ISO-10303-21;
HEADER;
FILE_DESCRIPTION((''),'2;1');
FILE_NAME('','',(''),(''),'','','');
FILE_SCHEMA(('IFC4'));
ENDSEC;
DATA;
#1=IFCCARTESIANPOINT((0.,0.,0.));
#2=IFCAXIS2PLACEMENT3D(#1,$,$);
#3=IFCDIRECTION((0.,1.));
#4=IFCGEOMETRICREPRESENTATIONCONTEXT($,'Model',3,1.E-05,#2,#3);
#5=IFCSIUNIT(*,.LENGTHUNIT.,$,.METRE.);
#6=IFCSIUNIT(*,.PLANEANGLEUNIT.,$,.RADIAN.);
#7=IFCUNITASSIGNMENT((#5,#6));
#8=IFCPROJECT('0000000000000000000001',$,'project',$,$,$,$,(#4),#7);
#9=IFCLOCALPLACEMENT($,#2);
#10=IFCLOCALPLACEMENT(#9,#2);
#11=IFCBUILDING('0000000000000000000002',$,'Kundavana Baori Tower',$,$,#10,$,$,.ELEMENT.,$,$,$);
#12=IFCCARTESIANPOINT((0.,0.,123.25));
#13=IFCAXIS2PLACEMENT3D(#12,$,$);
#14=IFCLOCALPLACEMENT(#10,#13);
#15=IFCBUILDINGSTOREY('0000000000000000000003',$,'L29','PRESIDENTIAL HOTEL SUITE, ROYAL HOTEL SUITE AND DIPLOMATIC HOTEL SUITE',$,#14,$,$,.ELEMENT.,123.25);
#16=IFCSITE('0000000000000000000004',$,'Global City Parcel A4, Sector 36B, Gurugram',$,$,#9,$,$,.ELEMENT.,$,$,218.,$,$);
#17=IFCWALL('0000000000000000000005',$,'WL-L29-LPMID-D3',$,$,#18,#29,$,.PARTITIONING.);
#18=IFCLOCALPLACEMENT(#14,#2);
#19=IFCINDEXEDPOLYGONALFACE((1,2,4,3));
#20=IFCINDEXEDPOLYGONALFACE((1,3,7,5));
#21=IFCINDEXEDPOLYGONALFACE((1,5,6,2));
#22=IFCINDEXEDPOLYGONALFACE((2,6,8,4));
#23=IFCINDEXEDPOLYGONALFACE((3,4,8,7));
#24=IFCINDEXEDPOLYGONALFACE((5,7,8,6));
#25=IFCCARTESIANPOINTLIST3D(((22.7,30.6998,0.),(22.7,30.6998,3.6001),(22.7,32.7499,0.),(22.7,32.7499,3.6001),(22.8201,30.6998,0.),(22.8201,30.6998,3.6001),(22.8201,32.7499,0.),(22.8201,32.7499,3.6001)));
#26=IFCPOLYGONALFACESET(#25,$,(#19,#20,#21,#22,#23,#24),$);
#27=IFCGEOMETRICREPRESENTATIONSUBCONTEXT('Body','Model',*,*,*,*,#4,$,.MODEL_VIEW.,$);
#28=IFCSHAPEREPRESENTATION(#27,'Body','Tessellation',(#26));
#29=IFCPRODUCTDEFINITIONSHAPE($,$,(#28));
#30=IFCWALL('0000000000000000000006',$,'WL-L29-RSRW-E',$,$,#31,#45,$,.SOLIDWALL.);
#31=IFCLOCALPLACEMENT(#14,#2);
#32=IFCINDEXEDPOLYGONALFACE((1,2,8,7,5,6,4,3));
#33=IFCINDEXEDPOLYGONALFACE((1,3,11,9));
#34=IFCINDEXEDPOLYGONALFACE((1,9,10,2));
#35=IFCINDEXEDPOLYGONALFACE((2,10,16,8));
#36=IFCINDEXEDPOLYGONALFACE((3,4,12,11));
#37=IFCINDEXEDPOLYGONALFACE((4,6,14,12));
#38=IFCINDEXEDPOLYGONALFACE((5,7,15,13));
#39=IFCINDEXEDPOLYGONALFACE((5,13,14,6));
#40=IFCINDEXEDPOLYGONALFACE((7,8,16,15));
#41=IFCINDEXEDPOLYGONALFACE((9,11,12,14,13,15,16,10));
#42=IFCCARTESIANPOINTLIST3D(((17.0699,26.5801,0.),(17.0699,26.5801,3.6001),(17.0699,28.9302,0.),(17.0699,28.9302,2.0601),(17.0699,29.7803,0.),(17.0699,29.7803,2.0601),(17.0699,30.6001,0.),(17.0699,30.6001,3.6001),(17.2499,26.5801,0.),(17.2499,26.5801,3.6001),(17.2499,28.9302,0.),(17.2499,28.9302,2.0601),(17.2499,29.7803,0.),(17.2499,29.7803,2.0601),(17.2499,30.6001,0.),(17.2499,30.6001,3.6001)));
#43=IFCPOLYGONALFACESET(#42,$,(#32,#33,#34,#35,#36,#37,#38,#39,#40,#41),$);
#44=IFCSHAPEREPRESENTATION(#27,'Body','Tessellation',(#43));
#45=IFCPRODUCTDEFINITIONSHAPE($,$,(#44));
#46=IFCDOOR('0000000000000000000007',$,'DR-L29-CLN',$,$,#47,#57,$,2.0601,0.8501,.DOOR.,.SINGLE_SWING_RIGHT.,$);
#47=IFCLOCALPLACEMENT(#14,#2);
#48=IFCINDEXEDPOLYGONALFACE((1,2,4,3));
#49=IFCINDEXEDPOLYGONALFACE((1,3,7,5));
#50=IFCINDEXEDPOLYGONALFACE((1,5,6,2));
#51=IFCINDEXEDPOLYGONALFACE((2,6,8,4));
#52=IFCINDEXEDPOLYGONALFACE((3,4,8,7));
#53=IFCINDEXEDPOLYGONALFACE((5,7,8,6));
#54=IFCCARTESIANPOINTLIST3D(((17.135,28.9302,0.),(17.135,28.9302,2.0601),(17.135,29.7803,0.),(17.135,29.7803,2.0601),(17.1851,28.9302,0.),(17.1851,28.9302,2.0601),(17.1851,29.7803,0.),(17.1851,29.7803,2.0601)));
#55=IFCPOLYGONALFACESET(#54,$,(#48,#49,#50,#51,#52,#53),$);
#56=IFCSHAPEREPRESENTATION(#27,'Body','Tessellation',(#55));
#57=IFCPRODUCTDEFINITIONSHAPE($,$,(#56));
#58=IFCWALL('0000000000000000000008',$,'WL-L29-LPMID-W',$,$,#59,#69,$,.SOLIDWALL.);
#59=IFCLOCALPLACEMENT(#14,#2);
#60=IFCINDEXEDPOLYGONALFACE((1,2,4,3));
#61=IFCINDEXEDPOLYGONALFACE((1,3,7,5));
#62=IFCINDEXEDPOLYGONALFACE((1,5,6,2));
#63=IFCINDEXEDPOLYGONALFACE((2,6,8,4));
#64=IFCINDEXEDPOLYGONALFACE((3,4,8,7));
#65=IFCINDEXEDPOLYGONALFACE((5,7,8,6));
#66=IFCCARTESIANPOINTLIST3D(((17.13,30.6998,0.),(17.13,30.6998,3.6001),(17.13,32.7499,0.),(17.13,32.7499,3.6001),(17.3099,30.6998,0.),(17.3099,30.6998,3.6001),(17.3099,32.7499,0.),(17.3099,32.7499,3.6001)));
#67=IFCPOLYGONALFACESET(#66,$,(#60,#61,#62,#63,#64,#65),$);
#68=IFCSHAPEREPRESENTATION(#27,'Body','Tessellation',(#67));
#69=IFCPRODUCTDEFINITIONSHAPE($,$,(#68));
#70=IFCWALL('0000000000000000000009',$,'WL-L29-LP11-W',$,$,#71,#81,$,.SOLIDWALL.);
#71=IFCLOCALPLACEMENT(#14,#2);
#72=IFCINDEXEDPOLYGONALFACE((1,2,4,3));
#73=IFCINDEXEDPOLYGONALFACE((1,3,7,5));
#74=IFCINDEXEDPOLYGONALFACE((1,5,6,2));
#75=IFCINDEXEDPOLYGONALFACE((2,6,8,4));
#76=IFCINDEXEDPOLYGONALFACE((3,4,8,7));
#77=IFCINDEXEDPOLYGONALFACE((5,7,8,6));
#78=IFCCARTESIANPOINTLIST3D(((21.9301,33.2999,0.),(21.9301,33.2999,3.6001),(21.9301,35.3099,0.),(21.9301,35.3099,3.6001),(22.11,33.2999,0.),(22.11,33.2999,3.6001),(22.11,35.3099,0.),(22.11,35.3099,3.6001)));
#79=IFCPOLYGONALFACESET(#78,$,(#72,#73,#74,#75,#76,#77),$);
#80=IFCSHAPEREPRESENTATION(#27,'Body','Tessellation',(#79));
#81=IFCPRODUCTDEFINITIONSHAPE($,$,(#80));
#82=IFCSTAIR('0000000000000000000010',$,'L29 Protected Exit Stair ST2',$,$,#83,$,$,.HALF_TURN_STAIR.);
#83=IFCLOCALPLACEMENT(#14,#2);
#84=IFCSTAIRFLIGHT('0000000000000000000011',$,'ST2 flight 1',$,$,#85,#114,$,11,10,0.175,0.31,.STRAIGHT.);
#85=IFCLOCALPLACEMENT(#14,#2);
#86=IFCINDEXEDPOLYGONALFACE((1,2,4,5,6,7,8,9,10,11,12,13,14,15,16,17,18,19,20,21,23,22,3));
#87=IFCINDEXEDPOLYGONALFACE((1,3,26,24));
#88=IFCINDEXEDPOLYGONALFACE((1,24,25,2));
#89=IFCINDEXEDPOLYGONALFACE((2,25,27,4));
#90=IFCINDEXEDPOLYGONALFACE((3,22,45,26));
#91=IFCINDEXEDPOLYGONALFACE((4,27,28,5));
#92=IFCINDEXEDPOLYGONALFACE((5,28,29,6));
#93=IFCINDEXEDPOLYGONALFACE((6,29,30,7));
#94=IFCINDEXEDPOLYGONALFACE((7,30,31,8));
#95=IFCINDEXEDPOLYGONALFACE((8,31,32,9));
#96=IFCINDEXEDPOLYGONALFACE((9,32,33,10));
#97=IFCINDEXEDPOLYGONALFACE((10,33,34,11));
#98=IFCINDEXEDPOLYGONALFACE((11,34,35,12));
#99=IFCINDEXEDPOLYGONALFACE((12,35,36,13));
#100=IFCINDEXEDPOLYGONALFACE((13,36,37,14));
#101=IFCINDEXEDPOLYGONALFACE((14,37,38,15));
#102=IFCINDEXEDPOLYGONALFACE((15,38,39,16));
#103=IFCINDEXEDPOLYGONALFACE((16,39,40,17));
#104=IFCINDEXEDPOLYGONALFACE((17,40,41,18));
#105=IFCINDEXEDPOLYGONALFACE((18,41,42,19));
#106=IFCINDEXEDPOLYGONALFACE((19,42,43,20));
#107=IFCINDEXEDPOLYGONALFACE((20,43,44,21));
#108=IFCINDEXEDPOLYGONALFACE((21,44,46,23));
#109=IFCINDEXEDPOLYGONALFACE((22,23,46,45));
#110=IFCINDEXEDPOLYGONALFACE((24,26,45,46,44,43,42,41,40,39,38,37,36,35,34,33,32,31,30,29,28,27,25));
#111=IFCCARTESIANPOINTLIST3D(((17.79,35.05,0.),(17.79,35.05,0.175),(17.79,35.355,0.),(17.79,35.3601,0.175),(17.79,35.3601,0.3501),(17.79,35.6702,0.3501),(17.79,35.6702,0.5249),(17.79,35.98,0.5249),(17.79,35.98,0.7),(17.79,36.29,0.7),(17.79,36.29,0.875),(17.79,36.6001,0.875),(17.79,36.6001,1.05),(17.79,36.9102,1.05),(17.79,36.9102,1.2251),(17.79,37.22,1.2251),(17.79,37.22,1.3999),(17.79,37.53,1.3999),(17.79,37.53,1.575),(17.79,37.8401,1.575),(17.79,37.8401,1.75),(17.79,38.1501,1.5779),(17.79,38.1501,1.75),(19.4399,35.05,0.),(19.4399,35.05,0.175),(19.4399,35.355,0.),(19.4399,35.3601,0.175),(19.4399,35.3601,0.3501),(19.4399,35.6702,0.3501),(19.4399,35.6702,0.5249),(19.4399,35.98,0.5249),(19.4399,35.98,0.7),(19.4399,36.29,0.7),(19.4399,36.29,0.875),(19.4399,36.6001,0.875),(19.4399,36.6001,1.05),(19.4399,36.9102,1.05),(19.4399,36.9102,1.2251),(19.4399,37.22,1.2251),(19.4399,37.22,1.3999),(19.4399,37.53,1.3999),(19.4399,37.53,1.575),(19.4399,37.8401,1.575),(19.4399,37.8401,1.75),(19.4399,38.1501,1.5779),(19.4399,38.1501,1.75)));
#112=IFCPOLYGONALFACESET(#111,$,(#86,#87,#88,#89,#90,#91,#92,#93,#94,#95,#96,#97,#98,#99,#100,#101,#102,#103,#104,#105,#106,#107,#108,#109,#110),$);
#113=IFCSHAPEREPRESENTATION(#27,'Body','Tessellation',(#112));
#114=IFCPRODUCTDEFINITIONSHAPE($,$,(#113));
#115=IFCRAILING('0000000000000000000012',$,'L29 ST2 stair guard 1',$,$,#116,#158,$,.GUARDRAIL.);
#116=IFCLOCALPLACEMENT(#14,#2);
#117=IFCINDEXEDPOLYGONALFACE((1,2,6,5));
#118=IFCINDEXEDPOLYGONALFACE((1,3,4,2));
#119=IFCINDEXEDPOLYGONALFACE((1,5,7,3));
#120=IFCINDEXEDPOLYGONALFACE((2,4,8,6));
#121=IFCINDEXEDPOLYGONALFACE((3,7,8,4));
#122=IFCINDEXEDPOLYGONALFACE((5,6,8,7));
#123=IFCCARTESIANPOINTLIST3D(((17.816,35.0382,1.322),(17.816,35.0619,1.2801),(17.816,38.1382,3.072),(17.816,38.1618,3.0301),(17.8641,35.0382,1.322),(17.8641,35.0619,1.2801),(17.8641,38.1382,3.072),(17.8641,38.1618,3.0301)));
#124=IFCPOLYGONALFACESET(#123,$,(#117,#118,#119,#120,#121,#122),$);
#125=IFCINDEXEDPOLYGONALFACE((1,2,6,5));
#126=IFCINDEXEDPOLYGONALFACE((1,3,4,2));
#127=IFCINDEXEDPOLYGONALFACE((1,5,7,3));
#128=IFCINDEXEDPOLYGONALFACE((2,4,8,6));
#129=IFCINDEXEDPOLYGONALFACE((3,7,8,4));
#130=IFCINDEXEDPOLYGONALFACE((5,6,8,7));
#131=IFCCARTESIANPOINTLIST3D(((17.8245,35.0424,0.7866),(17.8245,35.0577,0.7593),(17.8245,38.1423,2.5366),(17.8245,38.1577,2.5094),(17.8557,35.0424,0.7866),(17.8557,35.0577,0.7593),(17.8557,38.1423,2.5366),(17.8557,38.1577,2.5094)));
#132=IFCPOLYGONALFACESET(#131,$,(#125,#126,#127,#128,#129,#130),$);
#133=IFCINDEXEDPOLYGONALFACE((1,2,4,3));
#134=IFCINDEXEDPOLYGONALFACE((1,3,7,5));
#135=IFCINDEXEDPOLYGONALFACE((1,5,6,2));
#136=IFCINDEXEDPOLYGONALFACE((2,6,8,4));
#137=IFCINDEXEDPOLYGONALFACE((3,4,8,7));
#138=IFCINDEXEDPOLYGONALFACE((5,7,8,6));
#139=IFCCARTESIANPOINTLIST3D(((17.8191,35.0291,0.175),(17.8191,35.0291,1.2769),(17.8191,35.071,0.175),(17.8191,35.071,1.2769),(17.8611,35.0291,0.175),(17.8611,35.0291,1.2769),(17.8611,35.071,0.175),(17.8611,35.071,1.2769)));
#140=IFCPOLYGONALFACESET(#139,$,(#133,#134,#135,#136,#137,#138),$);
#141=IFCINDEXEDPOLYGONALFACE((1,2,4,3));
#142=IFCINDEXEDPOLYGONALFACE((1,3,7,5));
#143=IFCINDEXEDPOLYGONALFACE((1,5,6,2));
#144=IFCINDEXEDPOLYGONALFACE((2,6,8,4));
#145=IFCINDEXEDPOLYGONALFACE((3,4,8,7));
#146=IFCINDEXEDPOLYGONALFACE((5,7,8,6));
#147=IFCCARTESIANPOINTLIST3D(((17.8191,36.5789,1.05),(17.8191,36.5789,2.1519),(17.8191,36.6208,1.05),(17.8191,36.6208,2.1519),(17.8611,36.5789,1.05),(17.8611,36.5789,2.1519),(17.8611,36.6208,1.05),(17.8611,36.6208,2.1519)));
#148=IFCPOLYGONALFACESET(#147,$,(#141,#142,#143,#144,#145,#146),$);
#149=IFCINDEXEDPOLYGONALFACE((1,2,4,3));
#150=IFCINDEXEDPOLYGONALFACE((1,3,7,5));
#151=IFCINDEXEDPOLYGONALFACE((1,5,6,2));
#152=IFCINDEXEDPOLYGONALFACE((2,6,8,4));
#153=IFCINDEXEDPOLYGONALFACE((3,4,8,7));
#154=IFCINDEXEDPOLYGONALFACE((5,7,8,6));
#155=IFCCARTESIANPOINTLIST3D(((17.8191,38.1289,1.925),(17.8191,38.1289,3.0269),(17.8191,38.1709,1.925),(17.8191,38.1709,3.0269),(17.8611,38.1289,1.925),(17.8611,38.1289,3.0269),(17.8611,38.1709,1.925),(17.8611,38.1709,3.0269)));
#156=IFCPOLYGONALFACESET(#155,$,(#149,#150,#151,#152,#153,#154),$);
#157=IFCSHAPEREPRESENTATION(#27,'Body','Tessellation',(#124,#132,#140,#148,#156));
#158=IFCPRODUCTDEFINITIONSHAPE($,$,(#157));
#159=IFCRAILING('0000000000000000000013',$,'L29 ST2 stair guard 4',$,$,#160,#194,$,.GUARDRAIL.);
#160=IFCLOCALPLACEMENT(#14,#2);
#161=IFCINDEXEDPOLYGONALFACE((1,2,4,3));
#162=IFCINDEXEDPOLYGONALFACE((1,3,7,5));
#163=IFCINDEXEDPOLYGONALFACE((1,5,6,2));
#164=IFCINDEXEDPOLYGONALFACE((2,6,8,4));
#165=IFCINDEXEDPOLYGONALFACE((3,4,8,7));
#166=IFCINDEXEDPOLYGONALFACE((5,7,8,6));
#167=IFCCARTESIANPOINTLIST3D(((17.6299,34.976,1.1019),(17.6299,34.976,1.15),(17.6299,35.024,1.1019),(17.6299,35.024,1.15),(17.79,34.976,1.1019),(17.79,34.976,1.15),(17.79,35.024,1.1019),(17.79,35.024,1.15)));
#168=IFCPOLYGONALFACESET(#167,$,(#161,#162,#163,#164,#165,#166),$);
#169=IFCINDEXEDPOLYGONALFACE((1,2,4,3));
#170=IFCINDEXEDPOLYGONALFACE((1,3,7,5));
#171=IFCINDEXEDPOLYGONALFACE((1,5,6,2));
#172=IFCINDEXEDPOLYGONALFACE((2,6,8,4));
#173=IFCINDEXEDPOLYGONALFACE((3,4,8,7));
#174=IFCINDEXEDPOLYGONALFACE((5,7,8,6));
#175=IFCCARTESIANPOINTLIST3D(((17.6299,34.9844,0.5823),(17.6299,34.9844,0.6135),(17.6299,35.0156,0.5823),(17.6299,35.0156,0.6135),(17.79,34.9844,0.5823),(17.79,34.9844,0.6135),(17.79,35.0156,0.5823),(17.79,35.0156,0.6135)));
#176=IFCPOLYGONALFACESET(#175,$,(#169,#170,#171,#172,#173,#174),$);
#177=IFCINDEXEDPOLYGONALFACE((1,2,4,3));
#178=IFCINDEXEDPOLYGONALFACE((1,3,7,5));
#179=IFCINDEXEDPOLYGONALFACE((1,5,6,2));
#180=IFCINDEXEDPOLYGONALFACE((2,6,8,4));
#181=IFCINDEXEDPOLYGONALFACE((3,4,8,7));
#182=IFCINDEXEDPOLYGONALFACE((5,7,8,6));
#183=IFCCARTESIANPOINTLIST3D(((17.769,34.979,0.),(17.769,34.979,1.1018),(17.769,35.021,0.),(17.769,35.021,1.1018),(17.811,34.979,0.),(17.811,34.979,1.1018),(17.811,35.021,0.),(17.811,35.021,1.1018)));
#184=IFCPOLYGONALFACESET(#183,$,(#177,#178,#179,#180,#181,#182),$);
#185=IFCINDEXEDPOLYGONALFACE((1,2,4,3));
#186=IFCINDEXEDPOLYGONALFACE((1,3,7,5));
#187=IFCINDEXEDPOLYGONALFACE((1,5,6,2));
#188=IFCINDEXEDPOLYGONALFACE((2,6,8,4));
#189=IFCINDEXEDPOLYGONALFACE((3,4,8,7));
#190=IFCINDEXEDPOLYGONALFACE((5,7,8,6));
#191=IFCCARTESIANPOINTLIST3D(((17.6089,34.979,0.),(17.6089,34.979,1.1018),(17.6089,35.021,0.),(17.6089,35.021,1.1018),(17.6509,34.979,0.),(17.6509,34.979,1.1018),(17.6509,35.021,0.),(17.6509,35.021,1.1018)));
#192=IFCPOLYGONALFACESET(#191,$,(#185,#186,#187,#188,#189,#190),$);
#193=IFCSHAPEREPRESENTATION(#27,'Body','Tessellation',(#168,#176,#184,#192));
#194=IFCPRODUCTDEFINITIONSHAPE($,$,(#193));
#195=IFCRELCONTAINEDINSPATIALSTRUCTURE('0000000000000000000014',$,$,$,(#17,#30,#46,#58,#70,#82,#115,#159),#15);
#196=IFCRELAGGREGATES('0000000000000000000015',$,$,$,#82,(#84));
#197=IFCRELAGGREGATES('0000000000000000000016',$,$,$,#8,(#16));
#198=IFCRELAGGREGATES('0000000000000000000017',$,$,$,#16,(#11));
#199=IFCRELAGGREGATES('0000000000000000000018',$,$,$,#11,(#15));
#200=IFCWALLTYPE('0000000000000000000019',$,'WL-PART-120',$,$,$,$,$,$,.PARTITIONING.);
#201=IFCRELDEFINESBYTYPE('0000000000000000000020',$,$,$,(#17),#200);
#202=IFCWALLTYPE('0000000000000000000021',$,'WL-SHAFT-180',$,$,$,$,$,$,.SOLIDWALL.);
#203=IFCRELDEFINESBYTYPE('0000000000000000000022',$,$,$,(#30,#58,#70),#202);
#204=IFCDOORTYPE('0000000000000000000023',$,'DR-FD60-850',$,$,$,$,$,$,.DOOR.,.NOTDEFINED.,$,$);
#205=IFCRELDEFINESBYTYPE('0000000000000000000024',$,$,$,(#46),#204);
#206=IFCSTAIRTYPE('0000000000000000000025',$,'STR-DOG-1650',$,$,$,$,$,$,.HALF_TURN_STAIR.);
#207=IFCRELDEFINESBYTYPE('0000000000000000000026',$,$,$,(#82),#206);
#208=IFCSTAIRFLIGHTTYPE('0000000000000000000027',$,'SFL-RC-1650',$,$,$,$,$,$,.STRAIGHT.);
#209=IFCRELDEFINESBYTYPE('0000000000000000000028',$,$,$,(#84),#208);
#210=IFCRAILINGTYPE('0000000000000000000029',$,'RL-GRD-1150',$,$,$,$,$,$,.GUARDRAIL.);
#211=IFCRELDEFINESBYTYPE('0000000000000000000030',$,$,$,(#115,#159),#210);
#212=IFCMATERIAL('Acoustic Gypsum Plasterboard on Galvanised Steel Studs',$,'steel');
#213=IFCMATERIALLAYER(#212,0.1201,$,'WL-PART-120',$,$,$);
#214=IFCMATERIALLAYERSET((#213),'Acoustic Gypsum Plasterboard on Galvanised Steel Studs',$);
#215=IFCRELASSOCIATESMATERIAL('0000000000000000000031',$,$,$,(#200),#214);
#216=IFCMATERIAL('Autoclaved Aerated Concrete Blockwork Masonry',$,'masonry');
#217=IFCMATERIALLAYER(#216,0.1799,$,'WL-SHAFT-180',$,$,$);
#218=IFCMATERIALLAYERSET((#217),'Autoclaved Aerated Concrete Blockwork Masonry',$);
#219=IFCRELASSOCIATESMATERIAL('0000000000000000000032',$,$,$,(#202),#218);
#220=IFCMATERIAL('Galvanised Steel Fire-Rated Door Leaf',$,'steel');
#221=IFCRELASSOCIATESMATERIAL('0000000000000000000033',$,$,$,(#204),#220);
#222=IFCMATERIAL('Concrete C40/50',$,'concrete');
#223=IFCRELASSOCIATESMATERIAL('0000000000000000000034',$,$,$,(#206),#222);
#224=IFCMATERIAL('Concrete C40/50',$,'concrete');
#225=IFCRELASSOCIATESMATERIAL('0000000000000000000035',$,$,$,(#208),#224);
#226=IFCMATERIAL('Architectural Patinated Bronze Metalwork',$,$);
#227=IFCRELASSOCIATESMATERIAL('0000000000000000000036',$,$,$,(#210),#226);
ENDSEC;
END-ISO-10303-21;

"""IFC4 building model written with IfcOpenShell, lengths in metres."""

from ifc_helpers import new_model, si_unit, direction, frame, frame_2d, origin, origin_2d, place, context, subcontext, project, spatial, polyline, rectangle, outline, extrude, material, layer, layer_set, type_object, element, fill, aggregate, save


model = new_model("IFC4")

# Units and contexts
model_context = context("Model", 3, precision=1e-05, world=origin(), true_north=direction((0.0, 1.0)))
body_context = subcontext(model_context, "Body", "Model", "MODEL_VIEW")
ifc_project = project(units=[si_unit("LENGTHUNIT", "METRE"), si_unit("PLANEANGLEUNIT", "RADIAN")], contexts=[model_context])

# Site, building, storey
site_placement = place(None, origin())
site = spatial("IfcSite", under=ifc_project, at=site_placement, Name="Global City Parcel A4, Sector 36B, Gurugram", CompositionType="ELEMENT", RefElevation=218.0)
building_placement = place(site_placement, origin())
building = spatial("IfcBuilding", under=site, at=building_placement, Name="Kundavana Baori Tower", CompositionType="ELEMENT")
storey_placement = place(building_placement, frame((0.0, 0.0, 123.25)))
storey = spatial("IfcBuildingStorey", under=building, at=storey_placement, Name="L29", Description="PRESIDENTIAL HOTEL SUITE, ROYAL HOTEL SUITE AND DIPLOMATIC HOTEL SUITE", CompositionType="ELEMENT", Elevation=123.25)

# Wall
ifc_material_1 = material(Name="Acoustic Gypsum Plasterboard on Galvanised Steel Studs", Category="steel")
ifc_layer_1 = layer(ifc_material_1, 0.1201, Name="WL-PART-120")
ifc_layer_set_1 = layer_set([ifc_layer_1], Name="Acoustic Gypsum Plasterboard on Galvanised Steel Studs")
wall_type_1 = type_object("IfcWallType", Name="WL-PART-120", PredefinedType="PARTITIONING", material=ifc_layer_set_1)
for number, where, z_axis, x_axis, name in (
    (1, (22.76, 30.7, 0.0), (0.0, 0.0, 1.0), (0.0, 1.0, 0.0), "WL-L29-LPMID-D3"),
):
    element("IfcWall", number, at=place(storey_placement, frame(where, z_axis=z_axis, x_axis=x_axis)), inside=storey, type_object=wall_type_1, Name=name, PredefinedType="PARTITIONING", context=body_context, shape_type="SweptSolid", body=[
        extrude(rectangle(XDim=2.05, YDim=0.1201, at=frame_2d((1.0249, 0.0))), origin(), (0.0, 0.0, 1.0), 3.6001),
    ])

# Wall, opening, door
ifc_material_2 = material(Name="Autoclaved Aerated Concrete Blockwork Masonry", Category="masonry")
ifc_layer_2 = layer(ifc_material_2, 0.1799, Name="WL-SHAFT-180")
ifc_layer_set_2 = layer_set([ifc_layer_2], Name="Autoclaved Aerated Concrete Blockwork Masonry")
wall_type_2 = type_object("IfcWallType", Name="WL-SHAFT-180", PredefinedType="SOLIDWALL", material=ifc_layer_set_2)
wall_1_placement = place(storey_placement, frame((17.1599, 26.5801, 0.0), z_axis=(0.0, 0.0, 1.0), x_axis=(0.0, 1.0, 0.0)))
wall_1 = element("IfcWall", 2, at=wall_1_placement, inside=storey, type_object=wall_type_2, Name="WL-L29-RSRW-E", PredefinedType="SOLIDWALL", context=body_context, shape_type="SweptSolid", body=[
    extrude(rectangle(XDim=4.02, YDim=0.1799, at=frame_2d((2.01, 0.0))), origin(), (0.0, 0.0, 1.0), 3.6001),
])
opening_1_placement = place(wall_1_placement, frame((2.3501, 0.0, 0.0)))
opening_1 = element("IfcOpeningElement", 3, at=opening_1_placement, cuts=wall_1, PredefinedType="OPENING", context=body_context, shape_type="SweptSolid", body=[
    extrude(rectangle(XDim=0.8501, YDim=2.0601, at=frame_2d((0.425, 1.03))), frame((0.0, 0.1001, 0.0), z_axis=(0.0, -1.0, 0.0), x_axis=(1.0, 0.0, 0.0)), (0.0, 0.0, 1.0), 0.2),
])
ifc_material_3 = material(Name="Galvanised Steel Fire-Rated Door Leaf", Category="steel")
door_type_1 = type_object("IfcDoorType", Name="DR-FD60-850", OperationType="NOTDEFINED", PredefinedType="DOOR", material=ifc_material_3)
door_1_placement = place(opening_1_placement, origin())
door_1 = element("IfcDoor", 4, at=door_1_placement, inside=storey, type_object=door_type_1, Name="DR-L29-CLN", OperationType="SINGLE_SWING_RIGHT", OverallHeight=2.0601, OverallWidth=0.8501, PredefinedType="DOOR", context=body_context, shape_type="SweptSolid", body=[
    extrude(rectangle(XDim=0.8501, YDim=2.0601, at=frame_2d((0.425, 1.03))), frame((0.0, 0.0249, 0.0), z_axis=(0.0, -1.0, 0.0), x_axis=(1.0, 0.0, 0.0)), (0.0, 0.0, 1.0), 0.05),
])
fill(opening_1, door_1)

# Walls
wall_2_placement = place(storey_placement, frame((17.22, 30.7, 0.0), z_axis=(0.0, 0.0, 1.0), x_axis=(0.0, 1.0, 0.0)))
element("IfcWall", 5, at=wall_2_placement, inside=storey, type_object=wall_type_2, Name="WL-L29-LPMID-W", PredefinedType="SOLIDWALL", context=body_context, shape_type="SweptSolid", body=[
    extrude(rectangle(XDim=2.05, YDim=0.1799, at=frame_2d((1.0249, 0.0))), origin(), (0.0, 0.0, 1.0), 3.6001),
])
wall_3_placement = place(storey_placement, frame((22.02, 33.3, 0.0), z_axis=(0.0, 0.0, 1.0), x_axis=(0.0, 1.0, 0.0)))
element("IfcWall", 6, at=wall_3_placement, inside=storey, type_object=wall_type_2, Name="WL-L29-LP11-W", PredefinedType="SOLIDWALL", context=body_context, shape_type="SweptSolid", body=[
    extrude(rectangle(XDim=2.01, YDim=0.1799, at=frame_2d((1.0049, 0.0))), origin(), (0.0, 0.0, 1.0), 3.6001),
])

# Stair, stair flight
ifc_material_4 = material(Name="Concrete C40/50", Category="concrete")
stair_type = type_object("IfcStairType", Name="STR-DOG-1650", PredefinedType="HALF_TURN_STAIR", material=ifc_material_4)
stair_placement = place(storey_placement, origin())
stair = element("IfcStair", 7, at=stair_placement, inside=storey, type_object=stair_type, Name="L29 Protected Exit Stair ST2", PredefinedType="HALF_TURN_STAIR")
ifc_material_5 = material(Name="Concrete C40/50", Category="concrete")
stair_flight_type = type_object("IfcStairFlightType", Name="SFL-RC-1650", PredefinedType="STRAIGHT", material=ifc_material_5)
stair_flight_placement = place(storey_placement, frame((18.615, 35.05, 0.0), z_axis=(0.0, 0.0, 1.0), x_axis=(0.0, 1.0, 0.0)))
stair_flight = element("IfcStairFlight", 8, at=stair_flight_placement, type_object=stair_flight_type, Name="ST2 flight 1", NumberOfRisers=11, NumberOfTreads=10, PredefinedType="STRAIGHT", RiserHeight=0.175, TreadLength=0.31, context=body_context, shape_type="SweptSolid", body=[
    extrude(outline(polyline([(0.0, 0.0), (0.0, 0.175), (0.3101, 0.175), (0.3101, 0.3501), (0.6201, 0.3501), (0.6201, 0.5249), (0.9299, 0.5249), (0.9299, 0.7), (1.24, 0.7), (1.24, 0.875), (1.55, 0.875), (1.55, 1.05), (1.8601, 1.05), (1.8601, 1.2251), (2.1699, 1.2251), (2.1699, 1.3999), (2.48, 1.3999), (2.48, 1.575), (2.79, 1.575), (2.79, 1.75), (3.1001, 1.75), (3.1001, 1.925), (3.1001, 1.5779), (0.3049, 0.0), (0.0, 0.0)])), frame((0.0, 0.825, 0.0), z_axis=(0.0, -1.0, 0.0), x_axis=(1.0, 0.0, 0.0)), (0.0, 0.0, 1.0), 1.6499),
])
aggregate(stair, [stair_flight])

# Railings
ifc_material_6 = material(Name="Architectural Patinated Bronze Metalwork")
railing_type_1 = type_object("IfcRailingType", Name="RL-GRD-1150", PredefinedType="GUARDRAIL", material=ifc_material_6)
railing_1_placement = place(storey_placement, frame((17.8401, 35.05, 0.175)))
element("IfcRailing", 9, at=railing_1_placement, inside=storey, type_object=railing_type_1, Name="L29 ST2 stair guard 1", PredefinedType="GUARDRAIL", context=body_context, shape_type="SweptSolid", body=[
    extrude(rectangle(XDim=0.0481, YDim=0.0481, at=origin_2d()), frame((0.0, 0.0, 1.126), z_axis=(0.0, 0.870814, 0.491612), x_axis=(-1.0, 0.0, 0.0)), (0.0, 0.0, 1.0), 3.5598),
    extrude(rectangle(XDim=0.0312, YDim=0.0312, at=origin_2d()), frame((0.0, 0.0, 0.5979), z_axis=(0.0, 0.870814, 0.491612), x_axis=(-1.0, 0.0, 0.0)), (0.0, 0.0, 1.0), 3.5598),
    extrude(rectangle(XDim=0.042, YDim=0.042, at=origin_2d()), origin(), (0.0, 0.0, 1.0), 1.1018),
    extrude(rectangle(XDim=0.042, YDim=0.042, at=origin_2d()), frame((0.0, 1.5498, 0.875)), (0.0, 0.0, 1.0), 1.1018),
    extrude(rectangle(XDim=0.042, YDim=0.042, at=origin_2d()), frame((0.0, 3.0999, 1.75)), (0.0, 0.0, 1.0), 1.1018),
])
railing_2_placement = place(storey_placement, frame((17.79, 35.0, 0.0)))
element("IfcRailing", 10, at=railing_2_placement, inside=storey, type_object=railing_type_1, Name="L29 ST2 stair guard 4", PredefinedType="GUARDRAIL", context=body_context, shape_type="SweptSolid", body=[
    extrude(rectangle(XDim=0.0481, YDim=0.0481, at=origin_2d()), frame((0.0, 0.0, 1.126), z_axis=(-1.0, 0.0, 0.0), x_axis=(0.0, -1.0, 0.0)), (0.0, 0.0, 1.0), 0.1602),
    extrude(rectangle(XDim=0.0312, YDim=0.0312, at=origin_2d()), frame((0.0, 0.0, 0.5979), z_axis=(-1.0, 0.0, 0.0), x_axis=(0.0, -1.0, 0.0)), (0.0, 0.0, 1.0), 0.1602),
    extrude(rectangle(XDim=0.042, YDim=0.042, at=origin_2d()), origin(), (0.0, 0.0, 1.0), 1.1018),
    extrude(rectangle(XDim=0.042, YDim=0.042, at=origin_2d()), frame((-0.1602, 0.0, 0.0)), (0.0, 0.0, 1.0), 1.1018),
])

save(model, "model.ifc")
